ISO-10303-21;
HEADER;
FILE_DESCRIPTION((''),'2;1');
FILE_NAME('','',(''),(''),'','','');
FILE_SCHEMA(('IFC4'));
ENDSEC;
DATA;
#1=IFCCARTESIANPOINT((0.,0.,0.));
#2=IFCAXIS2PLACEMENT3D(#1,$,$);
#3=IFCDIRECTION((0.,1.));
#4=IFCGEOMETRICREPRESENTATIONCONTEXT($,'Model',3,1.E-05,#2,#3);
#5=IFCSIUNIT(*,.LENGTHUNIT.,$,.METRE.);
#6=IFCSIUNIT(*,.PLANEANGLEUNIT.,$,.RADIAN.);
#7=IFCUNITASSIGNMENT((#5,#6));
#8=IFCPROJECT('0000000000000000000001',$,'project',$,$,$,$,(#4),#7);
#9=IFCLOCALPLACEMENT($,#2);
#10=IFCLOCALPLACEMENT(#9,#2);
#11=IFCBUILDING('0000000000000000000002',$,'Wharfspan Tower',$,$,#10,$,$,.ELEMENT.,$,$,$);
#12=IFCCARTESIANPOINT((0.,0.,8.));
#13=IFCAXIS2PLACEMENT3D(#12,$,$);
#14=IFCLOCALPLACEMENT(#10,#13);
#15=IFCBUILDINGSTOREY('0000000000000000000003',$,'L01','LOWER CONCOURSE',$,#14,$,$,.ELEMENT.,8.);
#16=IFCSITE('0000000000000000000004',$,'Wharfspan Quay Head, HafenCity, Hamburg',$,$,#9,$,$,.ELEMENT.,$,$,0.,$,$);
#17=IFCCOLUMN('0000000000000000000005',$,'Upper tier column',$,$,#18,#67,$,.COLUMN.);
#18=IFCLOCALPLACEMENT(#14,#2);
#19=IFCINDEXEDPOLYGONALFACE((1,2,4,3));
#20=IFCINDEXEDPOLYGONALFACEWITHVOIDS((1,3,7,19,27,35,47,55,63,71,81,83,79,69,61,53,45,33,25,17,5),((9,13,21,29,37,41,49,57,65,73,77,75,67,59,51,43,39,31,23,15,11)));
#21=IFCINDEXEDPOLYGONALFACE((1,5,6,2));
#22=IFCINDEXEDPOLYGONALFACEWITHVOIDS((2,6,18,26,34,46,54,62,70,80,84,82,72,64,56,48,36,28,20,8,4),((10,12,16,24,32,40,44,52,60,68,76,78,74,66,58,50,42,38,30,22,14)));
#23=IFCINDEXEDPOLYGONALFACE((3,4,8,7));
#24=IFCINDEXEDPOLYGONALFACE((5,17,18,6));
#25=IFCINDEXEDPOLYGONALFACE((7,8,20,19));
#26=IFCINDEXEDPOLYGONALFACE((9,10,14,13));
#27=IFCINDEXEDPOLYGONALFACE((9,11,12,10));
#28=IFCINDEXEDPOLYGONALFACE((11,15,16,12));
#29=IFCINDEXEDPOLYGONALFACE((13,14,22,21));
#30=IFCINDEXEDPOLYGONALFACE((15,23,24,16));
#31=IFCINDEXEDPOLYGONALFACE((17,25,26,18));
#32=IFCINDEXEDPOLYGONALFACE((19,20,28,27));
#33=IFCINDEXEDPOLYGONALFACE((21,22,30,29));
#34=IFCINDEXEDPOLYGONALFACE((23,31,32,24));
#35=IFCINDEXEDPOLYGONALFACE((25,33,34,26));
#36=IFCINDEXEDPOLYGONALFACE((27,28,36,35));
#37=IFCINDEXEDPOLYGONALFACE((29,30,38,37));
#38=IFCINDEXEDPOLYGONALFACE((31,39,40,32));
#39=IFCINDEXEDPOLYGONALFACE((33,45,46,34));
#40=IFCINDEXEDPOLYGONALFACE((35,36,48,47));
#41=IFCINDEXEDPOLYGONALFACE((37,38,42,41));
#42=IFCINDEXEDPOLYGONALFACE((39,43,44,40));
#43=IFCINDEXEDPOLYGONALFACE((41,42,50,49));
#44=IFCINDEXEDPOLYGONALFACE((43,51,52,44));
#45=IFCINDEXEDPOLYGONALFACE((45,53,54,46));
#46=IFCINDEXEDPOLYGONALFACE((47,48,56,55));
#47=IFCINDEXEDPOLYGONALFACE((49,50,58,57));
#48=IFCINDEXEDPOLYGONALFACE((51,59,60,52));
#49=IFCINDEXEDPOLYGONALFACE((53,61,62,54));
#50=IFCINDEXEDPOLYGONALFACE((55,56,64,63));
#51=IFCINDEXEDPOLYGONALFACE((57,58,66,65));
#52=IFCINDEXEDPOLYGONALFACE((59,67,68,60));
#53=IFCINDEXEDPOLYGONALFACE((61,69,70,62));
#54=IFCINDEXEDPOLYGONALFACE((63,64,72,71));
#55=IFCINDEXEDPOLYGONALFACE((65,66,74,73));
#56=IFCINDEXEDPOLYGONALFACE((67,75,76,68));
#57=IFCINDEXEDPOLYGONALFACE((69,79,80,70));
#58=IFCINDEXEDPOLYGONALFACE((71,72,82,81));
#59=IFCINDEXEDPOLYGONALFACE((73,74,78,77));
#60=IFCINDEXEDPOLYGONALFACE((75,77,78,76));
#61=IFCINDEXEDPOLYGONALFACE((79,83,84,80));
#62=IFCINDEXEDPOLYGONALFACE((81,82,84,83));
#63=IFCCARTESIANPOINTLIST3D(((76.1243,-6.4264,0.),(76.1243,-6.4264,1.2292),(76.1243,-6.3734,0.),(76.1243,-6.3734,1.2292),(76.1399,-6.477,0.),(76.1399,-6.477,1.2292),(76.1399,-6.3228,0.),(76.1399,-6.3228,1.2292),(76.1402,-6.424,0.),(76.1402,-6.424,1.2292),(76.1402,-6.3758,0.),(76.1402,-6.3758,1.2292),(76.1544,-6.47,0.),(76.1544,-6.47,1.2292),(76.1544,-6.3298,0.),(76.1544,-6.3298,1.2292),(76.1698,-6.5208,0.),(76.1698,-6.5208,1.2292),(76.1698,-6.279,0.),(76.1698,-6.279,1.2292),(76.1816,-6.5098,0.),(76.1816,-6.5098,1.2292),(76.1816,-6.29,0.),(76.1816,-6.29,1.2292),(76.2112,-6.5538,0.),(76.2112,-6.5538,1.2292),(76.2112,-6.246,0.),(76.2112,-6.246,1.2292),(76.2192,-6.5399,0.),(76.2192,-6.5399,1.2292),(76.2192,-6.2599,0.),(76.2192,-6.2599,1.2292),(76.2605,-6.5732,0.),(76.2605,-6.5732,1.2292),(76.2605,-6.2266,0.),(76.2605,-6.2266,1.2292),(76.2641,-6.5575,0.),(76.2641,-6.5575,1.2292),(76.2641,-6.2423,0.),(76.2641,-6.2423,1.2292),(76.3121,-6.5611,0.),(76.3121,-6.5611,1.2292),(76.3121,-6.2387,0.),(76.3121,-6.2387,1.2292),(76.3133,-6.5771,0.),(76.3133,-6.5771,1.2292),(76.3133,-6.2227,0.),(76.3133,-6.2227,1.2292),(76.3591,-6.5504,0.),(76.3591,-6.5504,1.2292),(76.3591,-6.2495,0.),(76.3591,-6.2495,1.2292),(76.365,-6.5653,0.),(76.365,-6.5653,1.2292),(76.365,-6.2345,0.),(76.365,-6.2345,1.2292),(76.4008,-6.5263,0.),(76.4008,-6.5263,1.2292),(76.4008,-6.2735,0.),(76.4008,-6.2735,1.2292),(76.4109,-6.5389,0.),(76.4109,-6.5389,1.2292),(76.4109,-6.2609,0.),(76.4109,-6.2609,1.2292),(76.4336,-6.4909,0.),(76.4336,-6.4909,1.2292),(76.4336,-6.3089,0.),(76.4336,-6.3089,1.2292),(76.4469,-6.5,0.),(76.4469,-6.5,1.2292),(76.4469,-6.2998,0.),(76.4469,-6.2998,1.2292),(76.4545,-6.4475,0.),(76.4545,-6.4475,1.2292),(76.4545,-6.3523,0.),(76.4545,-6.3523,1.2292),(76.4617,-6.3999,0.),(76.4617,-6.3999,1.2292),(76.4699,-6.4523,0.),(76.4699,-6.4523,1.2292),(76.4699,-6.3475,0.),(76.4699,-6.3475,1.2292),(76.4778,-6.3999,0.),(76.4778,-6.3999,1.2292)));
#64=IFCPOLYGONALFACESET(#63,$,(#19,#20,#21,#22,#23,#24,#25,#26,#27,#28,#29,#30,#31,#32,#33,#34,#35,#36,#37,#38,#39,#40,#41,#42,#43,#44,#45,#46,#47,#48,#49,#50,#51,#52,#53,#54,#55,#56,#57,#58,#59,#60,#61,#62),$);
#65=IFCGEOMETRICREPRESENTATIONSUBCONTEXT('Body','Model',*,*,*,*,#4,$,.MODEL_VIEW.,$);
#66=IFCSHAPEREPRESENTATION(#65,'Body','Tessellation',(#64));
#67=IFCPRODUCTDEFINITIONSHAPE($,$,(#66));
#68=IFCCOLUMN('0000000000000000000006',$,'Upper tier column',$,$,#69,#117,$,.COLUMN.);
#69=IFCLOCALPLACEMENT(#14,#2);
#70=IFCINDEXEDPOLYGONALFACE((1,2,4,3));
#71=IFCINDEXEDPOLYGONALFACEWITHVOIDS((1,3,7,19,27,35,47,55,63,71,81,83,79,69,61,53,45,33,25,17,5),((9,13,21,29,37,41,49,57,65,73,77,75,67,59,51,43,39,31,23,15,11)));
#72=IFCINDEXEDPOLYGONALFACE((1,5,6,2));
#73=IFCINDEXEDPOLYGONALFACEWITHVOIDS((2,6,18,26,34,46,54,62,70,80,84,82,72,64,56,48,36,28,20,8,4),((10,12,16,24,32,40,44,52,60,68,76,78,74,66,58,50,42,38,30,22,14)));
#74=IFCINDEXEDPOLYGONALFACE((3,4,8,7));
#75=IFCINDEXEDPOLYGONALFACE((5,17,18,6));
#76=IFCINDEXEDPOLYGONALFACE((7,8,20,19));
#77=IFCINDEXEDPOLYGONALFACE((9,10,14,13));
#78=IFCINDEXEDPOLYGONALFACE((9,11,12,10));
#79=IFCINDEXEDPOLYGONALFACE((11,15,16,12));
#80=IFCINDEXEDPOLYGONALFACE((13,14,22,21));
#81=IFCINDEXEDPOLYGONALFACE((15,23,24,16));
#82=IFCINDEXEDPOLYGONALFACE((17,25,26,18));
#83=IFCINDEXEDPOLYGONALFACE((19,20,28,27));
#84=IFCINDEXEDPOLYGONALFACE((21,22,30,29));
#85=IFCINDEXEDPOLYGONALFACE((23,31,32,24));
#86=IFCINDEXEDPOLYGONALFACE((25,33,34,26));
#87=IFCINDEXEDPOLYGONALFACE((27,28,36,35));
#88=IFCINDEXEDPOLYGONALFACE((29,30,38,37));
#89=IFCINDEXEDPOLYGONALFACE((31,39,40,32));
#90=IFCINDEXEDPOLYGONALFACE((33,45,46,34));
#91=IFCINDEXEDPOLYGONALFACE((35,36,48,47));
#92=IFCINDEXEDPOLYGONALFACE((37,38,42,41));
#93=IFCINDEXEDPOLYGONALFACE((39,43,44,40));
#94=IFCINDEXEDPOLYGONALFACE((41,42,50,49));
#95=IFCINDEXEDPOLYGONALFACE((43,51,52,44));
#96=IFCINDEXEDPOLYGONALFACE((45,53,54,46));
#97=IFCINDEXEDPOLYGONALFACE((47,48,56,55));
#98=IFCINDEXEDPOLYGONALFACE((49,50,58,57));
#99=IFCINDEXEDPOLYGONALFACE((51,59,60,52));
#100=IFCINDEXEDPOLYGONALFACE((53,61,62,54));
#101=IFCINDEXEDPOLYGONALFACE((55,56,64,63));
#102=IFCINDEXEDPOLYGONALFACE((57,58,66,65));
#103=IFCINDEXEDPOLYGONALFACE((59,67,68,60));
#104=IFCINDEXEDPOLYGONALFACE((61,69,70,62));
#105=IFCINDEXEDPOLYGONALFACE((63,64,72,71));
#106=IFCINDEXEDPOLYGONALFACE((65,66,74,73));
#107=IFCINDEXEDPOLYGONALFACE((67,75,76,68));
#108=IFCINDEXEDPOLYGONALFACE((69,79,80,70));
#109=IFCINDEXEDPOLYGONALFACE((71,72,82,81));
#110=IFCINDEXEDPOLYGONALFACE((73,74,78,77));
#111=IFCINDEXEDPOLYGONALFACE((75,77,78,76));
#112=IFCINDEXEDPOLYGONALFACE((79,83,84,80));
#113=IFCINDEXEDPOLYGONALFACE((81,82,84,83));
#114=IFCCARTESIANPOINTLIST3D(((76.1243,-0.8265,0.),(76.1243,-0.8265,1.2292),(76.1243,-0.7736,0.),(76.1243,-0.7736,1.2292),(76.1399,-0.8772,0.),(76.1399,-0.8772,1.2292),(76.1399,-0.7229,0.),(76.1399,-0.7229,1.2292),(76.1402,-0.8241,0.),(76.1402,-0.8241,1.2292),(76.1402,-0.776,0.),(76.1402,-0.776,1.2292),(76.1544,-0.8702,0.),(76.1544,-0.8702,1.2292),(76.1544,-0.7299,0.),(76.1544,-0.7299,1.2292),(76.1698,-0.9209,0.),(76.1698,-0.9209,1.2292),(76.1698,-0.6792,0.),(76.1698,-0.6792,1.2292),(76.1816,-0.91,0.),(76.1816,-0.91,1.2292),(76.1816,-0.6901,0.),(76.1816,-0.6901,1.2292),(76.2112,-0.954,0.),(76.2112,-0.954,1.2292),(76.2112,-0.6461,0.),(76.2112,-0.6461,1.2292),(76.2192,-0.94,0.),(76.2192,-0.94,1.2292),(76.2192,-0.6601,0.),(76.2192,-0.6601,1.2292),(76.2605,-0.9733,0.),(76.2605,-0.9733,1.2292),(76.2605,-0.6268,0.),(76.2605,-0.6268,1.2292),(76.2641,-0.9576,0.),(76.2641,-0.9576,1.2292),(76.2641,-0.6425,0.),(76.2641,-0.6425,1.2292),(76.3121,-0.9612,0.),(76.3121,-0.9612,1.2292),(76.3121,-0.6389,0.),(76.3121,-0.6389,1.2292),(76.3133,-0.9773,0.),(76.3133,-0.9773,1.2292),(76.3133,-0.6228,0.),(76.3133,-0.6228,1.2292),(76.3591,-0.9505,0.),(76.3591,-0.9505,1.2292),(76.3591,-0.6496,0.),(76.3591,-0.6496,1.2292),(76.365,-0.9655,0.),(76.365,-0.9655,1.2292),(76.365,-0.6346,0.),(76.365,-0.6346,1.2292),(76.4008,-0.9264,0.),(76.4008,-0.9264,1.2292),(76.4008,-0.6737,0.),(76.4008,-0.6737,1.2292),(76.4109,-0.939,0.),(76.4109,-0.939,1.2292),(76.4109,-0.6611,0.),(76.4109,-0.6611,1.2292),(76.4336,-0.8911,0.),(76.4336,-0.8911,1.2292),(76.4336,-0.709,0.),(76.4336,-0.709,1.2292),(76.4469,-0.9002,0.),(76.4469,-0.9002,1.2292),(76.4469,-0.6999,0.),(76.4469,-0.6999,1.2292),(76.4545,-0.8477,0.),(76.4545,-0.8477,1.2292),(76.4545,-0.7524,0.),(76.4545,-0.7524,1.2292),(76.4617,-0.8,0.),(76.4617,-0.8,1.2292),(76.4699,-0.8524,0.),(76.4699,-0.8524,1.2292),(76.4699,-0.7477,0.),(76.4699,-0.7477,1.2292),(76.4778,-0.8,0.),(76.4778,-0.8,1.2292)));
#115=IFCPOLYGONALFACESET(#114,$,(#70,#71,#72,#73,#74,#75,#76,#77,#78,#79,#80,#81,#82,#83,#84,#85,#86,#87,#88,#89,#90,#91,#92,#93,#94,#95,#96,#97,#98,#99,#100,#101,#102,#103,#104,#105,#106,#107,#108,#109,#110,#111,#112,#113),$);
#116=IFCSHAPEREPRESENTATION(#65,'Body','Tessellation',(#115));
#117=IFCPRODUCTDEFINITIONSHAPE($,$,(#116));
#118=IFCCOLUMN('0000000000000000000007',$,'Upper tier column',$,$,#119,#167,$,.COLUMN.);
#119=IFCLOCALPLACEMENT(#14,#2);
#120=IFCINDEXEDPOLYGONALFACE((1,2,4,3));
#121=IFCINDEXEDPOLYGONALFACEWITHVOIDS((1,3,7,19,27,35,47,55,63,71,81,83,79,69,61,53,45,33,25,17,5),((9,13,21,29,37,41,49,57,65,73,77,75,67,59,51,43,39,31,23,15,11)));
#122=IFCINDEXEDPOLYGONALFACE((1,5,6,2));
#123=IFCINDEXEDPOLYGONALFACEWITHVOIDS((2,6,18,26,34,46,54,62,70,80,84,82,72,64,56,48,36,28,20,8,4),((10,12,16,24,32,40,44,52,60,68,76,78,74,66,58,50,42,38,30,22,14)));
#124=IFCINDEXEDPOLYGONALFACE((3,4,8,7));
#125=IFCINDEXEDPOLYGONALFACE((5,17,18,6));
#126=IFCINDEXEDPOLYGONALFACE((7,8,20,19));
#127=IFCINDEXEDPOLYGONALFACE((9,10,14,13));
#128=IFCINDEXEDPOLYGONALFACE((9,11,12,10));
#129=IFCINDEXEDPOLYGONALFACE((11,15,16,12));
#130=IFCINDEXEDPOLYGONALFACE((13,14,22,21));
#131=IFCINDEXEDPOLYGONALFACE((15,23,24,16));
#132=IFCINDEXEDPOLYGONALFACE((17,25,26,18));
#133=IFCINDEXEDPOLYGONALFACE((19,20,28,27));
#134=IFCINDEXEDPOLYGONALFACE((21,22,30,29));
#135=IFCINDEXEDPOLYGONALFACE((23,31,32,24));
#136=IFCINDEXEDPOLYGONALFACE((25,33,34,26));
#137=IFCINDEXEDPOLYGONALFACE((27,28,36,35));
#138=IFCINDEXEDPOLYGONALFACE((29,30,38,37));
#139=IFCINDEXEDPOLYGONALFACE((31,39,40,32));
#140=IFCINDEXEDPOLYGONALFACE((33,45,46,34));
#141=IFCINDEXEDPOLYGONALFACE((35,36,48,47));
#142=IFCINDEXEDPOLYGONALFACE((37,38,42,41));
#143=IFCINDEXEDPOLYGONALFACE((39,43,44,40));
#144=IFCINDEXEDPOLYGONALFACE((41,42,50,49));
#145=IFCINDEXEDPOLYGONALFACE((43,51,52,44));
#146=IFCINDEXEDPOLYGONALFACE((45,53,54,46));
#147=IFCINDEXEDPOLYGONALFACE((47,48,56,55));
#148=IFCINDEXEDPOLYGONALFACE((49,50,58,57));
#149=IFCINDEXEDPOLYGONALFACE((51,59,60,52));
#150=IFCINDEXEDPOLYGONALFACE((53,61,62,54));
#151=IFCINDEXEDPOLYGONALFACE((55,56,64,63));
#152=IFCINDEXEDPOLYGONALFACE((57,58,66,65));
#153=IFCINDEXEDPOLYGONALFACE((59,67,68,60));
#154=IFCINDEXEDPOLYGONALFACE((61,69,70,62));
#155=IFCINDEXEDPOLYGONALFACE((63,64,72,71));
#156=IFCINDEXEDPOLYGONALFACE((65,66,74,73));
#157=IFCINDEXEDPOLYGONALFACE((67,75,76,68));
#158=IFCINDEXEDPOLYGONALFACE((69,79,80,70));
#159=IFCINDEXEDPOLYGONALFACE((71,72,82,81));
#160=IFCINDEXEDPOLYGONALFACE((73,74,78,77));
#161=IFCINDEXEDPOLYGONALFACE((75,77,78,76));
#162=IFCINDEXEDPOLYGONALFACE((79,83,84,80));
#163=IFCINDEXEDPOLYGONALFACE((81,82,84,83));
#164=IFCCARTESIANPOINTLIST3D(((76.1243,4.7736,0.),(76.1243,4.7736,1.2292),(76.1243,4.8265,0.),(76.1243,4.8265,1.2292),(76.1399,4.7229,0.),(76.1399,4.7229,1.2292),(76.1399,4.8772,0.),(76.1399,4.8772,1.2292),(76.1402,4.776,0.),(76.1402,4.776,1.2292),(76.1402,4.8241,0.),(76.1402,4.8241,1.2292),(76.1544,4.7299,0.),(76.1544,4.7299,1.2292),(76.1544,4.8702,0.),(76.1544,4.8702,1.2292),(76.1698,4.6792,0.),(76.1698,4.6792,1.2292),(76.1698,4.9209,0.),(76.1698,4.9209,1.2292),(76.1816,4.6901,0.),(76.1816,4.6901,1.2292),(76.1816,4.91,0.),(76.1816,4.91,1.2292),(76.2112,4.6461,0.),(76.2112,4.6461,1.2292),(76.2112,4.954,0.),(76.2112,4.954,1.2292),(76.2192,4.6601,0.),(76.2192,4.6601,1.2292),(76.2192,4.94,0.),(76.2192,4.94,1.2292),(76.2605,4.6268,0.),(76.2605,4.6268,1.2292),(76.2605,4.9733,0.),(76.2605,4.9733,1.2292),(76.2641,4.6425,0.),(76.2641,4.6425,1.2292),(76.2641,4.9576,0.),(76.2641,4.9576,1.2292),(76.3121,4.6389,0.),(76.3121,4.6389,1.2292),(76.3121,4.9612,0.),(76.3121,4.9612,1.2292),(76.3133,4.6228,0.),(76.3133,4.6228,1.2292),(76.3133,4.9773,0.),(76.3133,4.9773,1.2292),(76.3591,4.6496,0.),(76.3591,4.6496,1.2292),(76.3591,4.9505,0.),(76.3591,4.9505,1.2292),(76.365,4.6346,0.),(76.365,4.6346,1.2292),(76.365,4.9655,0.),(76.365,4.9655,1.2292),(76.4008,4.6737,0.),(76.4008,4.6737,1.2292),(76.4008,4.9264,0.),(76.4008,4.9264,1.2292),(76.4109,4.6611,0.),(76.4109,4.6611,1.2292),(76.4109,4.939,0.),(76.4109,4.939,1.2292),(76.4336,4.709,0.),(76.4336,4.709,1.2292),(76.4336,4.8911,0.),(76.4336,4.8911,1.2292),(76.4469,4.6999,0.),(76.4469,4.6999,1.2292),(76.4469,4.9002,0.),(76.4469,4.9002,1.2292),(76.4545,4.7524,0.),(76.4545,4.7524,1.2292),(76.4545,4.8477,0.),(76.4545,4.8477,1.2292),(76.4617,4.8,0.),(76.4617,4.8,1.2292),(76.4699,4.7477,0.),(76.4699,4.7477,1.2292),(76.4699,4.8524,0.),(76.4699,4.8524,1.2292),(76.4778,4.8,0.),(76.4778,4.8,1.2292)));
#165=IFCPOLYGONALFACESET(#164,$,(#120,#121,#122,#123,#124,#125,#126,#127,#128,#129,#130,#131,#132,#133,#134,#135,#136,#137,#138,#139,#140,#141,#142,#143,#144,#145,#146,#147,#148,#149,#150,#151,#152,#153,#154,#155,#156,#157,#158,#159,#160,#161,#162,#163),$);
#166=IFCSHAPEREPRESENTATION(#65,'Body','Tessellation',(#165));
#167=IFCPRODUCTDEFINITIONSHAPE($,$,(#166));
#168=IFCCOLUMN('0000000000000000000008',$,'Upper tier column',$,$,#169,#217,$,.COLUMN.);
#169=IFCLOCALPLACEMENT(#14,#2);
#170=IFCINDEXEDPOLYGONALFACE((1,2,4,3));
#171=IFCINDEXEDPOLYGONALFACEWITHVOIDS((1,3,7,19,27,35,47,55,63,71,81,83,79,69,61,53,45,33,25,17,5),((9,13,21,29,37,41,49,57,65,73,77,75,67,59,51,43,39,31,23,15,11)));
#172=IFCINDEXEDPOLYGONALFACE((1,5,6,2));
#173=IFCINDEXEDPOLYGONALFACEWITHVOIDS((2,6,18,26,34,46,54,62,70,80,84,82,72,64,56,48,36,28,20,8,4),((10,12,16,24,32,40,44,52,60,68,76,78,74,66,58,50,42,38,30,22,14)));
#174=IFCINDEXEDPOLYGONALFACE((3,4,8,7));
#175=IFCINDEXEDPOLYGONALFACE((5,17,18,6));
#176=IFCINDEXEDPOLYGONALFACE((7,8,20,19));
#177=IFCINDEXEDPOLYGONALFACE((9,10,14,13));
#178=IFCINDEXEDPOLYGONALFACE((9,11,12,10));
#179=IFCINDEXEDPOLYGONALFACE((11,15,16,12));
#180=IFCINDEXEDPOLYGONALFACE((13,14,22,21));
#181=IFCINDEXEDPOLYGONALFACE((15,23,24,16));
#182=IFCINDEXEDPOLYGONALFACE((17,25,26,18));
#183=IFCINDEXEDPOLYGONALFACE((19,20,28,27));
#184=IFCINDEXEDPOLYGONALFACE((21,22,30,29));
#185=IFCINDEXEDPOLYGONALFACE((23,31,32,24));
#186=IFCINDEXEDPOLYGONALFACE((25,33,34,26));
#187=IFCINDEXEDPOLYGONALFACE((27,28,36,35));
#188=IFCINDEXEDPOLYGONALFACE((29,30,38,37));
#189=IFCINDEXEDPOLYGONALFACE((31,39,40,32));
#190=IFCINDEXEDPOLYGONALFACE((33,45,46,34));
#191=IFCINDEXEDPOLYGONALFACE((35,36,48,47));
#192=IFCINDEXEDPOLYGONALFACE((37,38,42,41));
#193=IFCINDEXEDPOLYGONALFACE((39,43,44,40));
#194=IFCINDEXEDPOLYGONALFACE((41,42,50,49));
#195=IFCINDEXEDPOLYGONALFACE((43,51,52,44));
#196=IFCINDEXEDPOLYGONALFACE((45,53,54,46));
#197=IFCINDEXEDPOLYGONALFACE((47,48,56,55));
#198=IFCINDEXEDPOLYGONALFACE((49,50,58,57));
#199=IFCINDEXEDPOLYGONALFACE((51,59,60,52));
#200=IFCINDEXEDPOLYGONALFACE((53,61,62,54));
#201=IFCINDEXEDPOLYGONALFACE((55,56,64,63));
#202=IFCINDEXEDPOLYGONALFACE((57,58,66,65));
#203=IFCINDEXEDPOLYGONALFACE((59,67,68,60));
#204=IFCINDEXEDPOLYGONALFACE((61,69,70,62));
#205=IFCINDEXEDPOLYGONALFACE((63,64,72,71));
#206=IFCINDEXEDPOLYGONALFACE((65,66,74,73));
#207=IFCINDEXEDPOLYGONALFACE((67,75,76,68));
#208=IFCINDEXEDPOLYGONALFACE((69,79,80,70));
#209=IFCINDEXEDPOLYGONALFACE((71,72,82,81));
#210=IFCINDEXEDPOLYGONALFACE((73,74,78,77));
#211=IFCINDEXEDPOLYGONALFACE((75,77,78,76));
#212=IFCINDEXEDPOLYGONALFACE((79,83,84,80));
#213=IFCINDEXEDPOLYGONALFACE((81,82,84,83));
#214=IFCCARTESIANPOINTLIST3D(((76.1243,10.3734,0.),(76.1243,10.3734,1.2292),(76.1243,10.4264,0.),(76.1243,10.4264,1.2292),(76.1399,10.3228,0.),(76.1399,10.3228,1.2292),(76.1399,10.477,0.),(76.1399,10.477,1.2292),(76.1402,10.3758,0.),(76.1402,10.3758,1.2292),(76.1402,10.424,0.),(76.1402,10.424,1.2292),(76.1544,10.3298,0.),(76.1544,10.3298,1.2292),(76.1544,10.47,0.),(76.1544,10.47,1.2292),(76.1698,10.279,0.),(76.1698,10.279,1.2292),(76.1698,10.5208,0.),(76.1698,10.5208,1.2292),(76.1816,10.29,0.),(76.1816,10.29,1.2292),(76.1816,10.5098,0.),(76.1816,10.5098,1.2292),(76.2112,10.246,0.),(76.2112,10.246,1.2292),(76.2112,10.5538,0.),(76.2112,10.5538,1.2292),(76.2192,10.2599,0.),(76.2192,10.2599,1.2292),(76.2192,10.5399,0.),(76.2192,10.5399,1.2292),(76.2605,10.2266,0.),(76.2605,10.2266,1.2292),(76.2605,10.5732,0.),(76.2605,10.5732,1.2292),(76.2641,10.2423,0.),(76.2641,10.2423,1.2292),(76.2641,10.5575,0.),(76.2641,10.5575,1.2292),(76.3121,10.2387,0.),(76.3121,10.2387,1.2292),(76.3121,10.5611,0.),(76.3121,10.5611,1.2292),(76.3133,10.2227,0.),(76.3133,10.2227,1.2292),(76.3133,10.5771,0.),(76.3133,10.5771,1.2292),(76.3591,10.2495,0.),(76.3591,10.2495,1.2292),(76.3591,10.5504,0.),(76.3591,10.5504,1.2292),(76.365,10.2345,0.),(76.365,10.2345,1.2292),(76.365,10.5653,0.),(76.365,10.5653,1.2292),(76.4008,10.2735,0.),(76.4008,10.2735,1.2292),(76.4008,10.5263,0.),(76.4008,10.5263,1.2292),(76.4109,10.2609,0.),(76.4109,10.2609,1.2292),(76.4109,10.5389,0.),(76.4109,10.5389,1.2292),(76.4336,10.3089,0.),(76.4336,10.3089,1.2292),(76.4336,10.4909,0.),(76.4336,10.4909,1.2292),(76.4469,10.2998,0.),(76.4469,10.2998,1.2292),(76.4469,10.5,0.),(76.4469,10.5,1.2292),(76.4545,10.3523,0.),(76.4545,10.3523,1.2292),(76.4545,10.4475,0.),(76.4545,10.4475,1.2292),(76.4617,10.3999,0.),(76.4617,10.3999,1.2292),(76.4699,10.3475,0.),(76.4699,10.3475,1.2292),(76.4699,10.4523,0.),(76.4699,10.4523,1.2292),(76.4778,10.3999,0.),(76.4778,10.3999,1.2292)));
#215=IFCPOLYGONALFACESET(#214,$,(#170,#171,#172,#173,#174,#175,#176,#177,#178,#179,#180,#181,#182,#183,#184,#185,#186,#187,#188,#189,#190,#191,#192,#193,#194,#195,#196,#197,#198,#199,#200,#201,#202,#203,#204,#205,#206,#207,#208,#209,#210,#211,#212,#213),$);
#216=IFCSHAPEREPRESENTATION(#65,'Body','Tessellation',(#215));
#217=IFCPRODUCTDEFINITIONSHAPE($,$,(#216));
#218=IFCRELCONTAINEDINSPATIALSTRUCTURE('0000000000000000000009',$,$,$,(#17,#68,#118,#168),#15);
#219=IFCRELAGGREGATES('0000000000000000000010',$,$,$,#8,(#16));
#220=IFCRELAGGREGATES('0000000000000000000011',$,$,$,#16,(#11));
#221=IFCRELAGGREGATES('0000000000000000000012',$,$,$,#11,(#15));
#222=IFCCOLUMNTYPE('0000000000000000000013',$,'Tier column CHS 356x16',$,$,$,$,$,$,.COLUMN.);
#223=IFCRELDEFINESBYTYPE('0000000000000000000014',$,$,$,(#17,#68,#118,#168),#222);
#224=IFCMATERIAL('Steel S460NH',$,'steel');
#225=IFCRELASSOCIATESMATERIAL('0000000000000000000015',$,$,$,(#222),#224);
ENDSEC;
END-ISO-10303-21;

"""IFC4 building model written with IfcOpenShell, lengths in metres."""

from ifc_helpers import new_model, si_unit, direction, frame, origin, origin_2d, place, context, subcontext, project, spatial, hollow_circle, extrude, material, material_profile, profile_set, type_object, element, save


model = new_model("IFC4")

# Units and contexts
model_context = context("Model", 3, precision=1e-05, world=origin(), true_north=direction((0.0, 1.0)))
body_context = subcontext(model_context, "Body", "Model", "MODEL_VIEW")
ifc_project = project(units=[si_unit("LENGTHUNIT", "METRE"), si_unit("PLANEANGLEUNIT", "RADIAN")], contexts=[model_context])

# Site, building, storey
site_placement = place(None, origin())
site = spatial("IfcSite", under=ifc_project, at=site_placement, Name="Wharfspan Quay Head, HafenCity, Hamburg", CompositionType="ELEMENT", RefElevation=0.0)
building_placement = place(site_placement, origin())
building = spatial("IfcBuilding", under=site, at=building_placement, Name="Wharfspan Tower", CompositionType="ELEMENT")
storey_placement = place(building_placement, frame((0.0, 0.0, 8.0)))
storey = spatial("IfcBuildingStorey", under=building, at=storey_placement, Name="L01", Description="LOWER CONCOURSE", CompositionType="ELEMENT", Elevation=8.0)

# Columns
ifc_material_1 = material(Name="Steel S460NH", Category="steel")
ifc_material_profile_1 = material_profile(ifc_material_1, hollow_circle(Radius=0.1777, WallThickness=0.0161, at=origin_2d()))
ifc_profile_set_1 = profile_set([ifc_material_profile_1], Name="Steel S460NH")
column_type_1 = type_object("IfcColumnType", Name="Tier column CHS 356x16", PredefinedType="COLUMN", material=ifc_profile_set_1)
for number, where, z_axis, x_axis, name in (
    (1, (76.3, -6.3999, 0.0), (0.0, 0.0, 1.0), (1.0, 0.0, 0.0), "Upper tier column"),
    (2, (76.3, -0.8, 0.0), (0.0, 0.0, 1.0), (1.0, 0.0, 0.0), "Upper tier column"),
    (3, (76.3, 4.8, 0.0), (0.0, 0.0, 1.0), (1.0, 0.0, 0.0), "Upper tier column"),
    (4, (76.3, 10.3999, 0.0), (0.0, 0.0, 1.0), (1.0, 0.0, 0.0), "Upper tier column"),
):
    element("IfcColumn", number, at=place(storey_placement, frame(where, z_axis=z_axis, x_axis=x_axis)), inside=storey, type_object=column_type_1, Name=name, PredefinedType="COLUMN", context=body_context, shape_type="SweptSolid", body=[
        extrude(hollow_circle(Radius=0.1777, WallThickness=0.0161, at=origin_2d()), origin(), (0.0, 0.0, 1.0), 1.2292),
    ])

save(model, "model.ifc")
